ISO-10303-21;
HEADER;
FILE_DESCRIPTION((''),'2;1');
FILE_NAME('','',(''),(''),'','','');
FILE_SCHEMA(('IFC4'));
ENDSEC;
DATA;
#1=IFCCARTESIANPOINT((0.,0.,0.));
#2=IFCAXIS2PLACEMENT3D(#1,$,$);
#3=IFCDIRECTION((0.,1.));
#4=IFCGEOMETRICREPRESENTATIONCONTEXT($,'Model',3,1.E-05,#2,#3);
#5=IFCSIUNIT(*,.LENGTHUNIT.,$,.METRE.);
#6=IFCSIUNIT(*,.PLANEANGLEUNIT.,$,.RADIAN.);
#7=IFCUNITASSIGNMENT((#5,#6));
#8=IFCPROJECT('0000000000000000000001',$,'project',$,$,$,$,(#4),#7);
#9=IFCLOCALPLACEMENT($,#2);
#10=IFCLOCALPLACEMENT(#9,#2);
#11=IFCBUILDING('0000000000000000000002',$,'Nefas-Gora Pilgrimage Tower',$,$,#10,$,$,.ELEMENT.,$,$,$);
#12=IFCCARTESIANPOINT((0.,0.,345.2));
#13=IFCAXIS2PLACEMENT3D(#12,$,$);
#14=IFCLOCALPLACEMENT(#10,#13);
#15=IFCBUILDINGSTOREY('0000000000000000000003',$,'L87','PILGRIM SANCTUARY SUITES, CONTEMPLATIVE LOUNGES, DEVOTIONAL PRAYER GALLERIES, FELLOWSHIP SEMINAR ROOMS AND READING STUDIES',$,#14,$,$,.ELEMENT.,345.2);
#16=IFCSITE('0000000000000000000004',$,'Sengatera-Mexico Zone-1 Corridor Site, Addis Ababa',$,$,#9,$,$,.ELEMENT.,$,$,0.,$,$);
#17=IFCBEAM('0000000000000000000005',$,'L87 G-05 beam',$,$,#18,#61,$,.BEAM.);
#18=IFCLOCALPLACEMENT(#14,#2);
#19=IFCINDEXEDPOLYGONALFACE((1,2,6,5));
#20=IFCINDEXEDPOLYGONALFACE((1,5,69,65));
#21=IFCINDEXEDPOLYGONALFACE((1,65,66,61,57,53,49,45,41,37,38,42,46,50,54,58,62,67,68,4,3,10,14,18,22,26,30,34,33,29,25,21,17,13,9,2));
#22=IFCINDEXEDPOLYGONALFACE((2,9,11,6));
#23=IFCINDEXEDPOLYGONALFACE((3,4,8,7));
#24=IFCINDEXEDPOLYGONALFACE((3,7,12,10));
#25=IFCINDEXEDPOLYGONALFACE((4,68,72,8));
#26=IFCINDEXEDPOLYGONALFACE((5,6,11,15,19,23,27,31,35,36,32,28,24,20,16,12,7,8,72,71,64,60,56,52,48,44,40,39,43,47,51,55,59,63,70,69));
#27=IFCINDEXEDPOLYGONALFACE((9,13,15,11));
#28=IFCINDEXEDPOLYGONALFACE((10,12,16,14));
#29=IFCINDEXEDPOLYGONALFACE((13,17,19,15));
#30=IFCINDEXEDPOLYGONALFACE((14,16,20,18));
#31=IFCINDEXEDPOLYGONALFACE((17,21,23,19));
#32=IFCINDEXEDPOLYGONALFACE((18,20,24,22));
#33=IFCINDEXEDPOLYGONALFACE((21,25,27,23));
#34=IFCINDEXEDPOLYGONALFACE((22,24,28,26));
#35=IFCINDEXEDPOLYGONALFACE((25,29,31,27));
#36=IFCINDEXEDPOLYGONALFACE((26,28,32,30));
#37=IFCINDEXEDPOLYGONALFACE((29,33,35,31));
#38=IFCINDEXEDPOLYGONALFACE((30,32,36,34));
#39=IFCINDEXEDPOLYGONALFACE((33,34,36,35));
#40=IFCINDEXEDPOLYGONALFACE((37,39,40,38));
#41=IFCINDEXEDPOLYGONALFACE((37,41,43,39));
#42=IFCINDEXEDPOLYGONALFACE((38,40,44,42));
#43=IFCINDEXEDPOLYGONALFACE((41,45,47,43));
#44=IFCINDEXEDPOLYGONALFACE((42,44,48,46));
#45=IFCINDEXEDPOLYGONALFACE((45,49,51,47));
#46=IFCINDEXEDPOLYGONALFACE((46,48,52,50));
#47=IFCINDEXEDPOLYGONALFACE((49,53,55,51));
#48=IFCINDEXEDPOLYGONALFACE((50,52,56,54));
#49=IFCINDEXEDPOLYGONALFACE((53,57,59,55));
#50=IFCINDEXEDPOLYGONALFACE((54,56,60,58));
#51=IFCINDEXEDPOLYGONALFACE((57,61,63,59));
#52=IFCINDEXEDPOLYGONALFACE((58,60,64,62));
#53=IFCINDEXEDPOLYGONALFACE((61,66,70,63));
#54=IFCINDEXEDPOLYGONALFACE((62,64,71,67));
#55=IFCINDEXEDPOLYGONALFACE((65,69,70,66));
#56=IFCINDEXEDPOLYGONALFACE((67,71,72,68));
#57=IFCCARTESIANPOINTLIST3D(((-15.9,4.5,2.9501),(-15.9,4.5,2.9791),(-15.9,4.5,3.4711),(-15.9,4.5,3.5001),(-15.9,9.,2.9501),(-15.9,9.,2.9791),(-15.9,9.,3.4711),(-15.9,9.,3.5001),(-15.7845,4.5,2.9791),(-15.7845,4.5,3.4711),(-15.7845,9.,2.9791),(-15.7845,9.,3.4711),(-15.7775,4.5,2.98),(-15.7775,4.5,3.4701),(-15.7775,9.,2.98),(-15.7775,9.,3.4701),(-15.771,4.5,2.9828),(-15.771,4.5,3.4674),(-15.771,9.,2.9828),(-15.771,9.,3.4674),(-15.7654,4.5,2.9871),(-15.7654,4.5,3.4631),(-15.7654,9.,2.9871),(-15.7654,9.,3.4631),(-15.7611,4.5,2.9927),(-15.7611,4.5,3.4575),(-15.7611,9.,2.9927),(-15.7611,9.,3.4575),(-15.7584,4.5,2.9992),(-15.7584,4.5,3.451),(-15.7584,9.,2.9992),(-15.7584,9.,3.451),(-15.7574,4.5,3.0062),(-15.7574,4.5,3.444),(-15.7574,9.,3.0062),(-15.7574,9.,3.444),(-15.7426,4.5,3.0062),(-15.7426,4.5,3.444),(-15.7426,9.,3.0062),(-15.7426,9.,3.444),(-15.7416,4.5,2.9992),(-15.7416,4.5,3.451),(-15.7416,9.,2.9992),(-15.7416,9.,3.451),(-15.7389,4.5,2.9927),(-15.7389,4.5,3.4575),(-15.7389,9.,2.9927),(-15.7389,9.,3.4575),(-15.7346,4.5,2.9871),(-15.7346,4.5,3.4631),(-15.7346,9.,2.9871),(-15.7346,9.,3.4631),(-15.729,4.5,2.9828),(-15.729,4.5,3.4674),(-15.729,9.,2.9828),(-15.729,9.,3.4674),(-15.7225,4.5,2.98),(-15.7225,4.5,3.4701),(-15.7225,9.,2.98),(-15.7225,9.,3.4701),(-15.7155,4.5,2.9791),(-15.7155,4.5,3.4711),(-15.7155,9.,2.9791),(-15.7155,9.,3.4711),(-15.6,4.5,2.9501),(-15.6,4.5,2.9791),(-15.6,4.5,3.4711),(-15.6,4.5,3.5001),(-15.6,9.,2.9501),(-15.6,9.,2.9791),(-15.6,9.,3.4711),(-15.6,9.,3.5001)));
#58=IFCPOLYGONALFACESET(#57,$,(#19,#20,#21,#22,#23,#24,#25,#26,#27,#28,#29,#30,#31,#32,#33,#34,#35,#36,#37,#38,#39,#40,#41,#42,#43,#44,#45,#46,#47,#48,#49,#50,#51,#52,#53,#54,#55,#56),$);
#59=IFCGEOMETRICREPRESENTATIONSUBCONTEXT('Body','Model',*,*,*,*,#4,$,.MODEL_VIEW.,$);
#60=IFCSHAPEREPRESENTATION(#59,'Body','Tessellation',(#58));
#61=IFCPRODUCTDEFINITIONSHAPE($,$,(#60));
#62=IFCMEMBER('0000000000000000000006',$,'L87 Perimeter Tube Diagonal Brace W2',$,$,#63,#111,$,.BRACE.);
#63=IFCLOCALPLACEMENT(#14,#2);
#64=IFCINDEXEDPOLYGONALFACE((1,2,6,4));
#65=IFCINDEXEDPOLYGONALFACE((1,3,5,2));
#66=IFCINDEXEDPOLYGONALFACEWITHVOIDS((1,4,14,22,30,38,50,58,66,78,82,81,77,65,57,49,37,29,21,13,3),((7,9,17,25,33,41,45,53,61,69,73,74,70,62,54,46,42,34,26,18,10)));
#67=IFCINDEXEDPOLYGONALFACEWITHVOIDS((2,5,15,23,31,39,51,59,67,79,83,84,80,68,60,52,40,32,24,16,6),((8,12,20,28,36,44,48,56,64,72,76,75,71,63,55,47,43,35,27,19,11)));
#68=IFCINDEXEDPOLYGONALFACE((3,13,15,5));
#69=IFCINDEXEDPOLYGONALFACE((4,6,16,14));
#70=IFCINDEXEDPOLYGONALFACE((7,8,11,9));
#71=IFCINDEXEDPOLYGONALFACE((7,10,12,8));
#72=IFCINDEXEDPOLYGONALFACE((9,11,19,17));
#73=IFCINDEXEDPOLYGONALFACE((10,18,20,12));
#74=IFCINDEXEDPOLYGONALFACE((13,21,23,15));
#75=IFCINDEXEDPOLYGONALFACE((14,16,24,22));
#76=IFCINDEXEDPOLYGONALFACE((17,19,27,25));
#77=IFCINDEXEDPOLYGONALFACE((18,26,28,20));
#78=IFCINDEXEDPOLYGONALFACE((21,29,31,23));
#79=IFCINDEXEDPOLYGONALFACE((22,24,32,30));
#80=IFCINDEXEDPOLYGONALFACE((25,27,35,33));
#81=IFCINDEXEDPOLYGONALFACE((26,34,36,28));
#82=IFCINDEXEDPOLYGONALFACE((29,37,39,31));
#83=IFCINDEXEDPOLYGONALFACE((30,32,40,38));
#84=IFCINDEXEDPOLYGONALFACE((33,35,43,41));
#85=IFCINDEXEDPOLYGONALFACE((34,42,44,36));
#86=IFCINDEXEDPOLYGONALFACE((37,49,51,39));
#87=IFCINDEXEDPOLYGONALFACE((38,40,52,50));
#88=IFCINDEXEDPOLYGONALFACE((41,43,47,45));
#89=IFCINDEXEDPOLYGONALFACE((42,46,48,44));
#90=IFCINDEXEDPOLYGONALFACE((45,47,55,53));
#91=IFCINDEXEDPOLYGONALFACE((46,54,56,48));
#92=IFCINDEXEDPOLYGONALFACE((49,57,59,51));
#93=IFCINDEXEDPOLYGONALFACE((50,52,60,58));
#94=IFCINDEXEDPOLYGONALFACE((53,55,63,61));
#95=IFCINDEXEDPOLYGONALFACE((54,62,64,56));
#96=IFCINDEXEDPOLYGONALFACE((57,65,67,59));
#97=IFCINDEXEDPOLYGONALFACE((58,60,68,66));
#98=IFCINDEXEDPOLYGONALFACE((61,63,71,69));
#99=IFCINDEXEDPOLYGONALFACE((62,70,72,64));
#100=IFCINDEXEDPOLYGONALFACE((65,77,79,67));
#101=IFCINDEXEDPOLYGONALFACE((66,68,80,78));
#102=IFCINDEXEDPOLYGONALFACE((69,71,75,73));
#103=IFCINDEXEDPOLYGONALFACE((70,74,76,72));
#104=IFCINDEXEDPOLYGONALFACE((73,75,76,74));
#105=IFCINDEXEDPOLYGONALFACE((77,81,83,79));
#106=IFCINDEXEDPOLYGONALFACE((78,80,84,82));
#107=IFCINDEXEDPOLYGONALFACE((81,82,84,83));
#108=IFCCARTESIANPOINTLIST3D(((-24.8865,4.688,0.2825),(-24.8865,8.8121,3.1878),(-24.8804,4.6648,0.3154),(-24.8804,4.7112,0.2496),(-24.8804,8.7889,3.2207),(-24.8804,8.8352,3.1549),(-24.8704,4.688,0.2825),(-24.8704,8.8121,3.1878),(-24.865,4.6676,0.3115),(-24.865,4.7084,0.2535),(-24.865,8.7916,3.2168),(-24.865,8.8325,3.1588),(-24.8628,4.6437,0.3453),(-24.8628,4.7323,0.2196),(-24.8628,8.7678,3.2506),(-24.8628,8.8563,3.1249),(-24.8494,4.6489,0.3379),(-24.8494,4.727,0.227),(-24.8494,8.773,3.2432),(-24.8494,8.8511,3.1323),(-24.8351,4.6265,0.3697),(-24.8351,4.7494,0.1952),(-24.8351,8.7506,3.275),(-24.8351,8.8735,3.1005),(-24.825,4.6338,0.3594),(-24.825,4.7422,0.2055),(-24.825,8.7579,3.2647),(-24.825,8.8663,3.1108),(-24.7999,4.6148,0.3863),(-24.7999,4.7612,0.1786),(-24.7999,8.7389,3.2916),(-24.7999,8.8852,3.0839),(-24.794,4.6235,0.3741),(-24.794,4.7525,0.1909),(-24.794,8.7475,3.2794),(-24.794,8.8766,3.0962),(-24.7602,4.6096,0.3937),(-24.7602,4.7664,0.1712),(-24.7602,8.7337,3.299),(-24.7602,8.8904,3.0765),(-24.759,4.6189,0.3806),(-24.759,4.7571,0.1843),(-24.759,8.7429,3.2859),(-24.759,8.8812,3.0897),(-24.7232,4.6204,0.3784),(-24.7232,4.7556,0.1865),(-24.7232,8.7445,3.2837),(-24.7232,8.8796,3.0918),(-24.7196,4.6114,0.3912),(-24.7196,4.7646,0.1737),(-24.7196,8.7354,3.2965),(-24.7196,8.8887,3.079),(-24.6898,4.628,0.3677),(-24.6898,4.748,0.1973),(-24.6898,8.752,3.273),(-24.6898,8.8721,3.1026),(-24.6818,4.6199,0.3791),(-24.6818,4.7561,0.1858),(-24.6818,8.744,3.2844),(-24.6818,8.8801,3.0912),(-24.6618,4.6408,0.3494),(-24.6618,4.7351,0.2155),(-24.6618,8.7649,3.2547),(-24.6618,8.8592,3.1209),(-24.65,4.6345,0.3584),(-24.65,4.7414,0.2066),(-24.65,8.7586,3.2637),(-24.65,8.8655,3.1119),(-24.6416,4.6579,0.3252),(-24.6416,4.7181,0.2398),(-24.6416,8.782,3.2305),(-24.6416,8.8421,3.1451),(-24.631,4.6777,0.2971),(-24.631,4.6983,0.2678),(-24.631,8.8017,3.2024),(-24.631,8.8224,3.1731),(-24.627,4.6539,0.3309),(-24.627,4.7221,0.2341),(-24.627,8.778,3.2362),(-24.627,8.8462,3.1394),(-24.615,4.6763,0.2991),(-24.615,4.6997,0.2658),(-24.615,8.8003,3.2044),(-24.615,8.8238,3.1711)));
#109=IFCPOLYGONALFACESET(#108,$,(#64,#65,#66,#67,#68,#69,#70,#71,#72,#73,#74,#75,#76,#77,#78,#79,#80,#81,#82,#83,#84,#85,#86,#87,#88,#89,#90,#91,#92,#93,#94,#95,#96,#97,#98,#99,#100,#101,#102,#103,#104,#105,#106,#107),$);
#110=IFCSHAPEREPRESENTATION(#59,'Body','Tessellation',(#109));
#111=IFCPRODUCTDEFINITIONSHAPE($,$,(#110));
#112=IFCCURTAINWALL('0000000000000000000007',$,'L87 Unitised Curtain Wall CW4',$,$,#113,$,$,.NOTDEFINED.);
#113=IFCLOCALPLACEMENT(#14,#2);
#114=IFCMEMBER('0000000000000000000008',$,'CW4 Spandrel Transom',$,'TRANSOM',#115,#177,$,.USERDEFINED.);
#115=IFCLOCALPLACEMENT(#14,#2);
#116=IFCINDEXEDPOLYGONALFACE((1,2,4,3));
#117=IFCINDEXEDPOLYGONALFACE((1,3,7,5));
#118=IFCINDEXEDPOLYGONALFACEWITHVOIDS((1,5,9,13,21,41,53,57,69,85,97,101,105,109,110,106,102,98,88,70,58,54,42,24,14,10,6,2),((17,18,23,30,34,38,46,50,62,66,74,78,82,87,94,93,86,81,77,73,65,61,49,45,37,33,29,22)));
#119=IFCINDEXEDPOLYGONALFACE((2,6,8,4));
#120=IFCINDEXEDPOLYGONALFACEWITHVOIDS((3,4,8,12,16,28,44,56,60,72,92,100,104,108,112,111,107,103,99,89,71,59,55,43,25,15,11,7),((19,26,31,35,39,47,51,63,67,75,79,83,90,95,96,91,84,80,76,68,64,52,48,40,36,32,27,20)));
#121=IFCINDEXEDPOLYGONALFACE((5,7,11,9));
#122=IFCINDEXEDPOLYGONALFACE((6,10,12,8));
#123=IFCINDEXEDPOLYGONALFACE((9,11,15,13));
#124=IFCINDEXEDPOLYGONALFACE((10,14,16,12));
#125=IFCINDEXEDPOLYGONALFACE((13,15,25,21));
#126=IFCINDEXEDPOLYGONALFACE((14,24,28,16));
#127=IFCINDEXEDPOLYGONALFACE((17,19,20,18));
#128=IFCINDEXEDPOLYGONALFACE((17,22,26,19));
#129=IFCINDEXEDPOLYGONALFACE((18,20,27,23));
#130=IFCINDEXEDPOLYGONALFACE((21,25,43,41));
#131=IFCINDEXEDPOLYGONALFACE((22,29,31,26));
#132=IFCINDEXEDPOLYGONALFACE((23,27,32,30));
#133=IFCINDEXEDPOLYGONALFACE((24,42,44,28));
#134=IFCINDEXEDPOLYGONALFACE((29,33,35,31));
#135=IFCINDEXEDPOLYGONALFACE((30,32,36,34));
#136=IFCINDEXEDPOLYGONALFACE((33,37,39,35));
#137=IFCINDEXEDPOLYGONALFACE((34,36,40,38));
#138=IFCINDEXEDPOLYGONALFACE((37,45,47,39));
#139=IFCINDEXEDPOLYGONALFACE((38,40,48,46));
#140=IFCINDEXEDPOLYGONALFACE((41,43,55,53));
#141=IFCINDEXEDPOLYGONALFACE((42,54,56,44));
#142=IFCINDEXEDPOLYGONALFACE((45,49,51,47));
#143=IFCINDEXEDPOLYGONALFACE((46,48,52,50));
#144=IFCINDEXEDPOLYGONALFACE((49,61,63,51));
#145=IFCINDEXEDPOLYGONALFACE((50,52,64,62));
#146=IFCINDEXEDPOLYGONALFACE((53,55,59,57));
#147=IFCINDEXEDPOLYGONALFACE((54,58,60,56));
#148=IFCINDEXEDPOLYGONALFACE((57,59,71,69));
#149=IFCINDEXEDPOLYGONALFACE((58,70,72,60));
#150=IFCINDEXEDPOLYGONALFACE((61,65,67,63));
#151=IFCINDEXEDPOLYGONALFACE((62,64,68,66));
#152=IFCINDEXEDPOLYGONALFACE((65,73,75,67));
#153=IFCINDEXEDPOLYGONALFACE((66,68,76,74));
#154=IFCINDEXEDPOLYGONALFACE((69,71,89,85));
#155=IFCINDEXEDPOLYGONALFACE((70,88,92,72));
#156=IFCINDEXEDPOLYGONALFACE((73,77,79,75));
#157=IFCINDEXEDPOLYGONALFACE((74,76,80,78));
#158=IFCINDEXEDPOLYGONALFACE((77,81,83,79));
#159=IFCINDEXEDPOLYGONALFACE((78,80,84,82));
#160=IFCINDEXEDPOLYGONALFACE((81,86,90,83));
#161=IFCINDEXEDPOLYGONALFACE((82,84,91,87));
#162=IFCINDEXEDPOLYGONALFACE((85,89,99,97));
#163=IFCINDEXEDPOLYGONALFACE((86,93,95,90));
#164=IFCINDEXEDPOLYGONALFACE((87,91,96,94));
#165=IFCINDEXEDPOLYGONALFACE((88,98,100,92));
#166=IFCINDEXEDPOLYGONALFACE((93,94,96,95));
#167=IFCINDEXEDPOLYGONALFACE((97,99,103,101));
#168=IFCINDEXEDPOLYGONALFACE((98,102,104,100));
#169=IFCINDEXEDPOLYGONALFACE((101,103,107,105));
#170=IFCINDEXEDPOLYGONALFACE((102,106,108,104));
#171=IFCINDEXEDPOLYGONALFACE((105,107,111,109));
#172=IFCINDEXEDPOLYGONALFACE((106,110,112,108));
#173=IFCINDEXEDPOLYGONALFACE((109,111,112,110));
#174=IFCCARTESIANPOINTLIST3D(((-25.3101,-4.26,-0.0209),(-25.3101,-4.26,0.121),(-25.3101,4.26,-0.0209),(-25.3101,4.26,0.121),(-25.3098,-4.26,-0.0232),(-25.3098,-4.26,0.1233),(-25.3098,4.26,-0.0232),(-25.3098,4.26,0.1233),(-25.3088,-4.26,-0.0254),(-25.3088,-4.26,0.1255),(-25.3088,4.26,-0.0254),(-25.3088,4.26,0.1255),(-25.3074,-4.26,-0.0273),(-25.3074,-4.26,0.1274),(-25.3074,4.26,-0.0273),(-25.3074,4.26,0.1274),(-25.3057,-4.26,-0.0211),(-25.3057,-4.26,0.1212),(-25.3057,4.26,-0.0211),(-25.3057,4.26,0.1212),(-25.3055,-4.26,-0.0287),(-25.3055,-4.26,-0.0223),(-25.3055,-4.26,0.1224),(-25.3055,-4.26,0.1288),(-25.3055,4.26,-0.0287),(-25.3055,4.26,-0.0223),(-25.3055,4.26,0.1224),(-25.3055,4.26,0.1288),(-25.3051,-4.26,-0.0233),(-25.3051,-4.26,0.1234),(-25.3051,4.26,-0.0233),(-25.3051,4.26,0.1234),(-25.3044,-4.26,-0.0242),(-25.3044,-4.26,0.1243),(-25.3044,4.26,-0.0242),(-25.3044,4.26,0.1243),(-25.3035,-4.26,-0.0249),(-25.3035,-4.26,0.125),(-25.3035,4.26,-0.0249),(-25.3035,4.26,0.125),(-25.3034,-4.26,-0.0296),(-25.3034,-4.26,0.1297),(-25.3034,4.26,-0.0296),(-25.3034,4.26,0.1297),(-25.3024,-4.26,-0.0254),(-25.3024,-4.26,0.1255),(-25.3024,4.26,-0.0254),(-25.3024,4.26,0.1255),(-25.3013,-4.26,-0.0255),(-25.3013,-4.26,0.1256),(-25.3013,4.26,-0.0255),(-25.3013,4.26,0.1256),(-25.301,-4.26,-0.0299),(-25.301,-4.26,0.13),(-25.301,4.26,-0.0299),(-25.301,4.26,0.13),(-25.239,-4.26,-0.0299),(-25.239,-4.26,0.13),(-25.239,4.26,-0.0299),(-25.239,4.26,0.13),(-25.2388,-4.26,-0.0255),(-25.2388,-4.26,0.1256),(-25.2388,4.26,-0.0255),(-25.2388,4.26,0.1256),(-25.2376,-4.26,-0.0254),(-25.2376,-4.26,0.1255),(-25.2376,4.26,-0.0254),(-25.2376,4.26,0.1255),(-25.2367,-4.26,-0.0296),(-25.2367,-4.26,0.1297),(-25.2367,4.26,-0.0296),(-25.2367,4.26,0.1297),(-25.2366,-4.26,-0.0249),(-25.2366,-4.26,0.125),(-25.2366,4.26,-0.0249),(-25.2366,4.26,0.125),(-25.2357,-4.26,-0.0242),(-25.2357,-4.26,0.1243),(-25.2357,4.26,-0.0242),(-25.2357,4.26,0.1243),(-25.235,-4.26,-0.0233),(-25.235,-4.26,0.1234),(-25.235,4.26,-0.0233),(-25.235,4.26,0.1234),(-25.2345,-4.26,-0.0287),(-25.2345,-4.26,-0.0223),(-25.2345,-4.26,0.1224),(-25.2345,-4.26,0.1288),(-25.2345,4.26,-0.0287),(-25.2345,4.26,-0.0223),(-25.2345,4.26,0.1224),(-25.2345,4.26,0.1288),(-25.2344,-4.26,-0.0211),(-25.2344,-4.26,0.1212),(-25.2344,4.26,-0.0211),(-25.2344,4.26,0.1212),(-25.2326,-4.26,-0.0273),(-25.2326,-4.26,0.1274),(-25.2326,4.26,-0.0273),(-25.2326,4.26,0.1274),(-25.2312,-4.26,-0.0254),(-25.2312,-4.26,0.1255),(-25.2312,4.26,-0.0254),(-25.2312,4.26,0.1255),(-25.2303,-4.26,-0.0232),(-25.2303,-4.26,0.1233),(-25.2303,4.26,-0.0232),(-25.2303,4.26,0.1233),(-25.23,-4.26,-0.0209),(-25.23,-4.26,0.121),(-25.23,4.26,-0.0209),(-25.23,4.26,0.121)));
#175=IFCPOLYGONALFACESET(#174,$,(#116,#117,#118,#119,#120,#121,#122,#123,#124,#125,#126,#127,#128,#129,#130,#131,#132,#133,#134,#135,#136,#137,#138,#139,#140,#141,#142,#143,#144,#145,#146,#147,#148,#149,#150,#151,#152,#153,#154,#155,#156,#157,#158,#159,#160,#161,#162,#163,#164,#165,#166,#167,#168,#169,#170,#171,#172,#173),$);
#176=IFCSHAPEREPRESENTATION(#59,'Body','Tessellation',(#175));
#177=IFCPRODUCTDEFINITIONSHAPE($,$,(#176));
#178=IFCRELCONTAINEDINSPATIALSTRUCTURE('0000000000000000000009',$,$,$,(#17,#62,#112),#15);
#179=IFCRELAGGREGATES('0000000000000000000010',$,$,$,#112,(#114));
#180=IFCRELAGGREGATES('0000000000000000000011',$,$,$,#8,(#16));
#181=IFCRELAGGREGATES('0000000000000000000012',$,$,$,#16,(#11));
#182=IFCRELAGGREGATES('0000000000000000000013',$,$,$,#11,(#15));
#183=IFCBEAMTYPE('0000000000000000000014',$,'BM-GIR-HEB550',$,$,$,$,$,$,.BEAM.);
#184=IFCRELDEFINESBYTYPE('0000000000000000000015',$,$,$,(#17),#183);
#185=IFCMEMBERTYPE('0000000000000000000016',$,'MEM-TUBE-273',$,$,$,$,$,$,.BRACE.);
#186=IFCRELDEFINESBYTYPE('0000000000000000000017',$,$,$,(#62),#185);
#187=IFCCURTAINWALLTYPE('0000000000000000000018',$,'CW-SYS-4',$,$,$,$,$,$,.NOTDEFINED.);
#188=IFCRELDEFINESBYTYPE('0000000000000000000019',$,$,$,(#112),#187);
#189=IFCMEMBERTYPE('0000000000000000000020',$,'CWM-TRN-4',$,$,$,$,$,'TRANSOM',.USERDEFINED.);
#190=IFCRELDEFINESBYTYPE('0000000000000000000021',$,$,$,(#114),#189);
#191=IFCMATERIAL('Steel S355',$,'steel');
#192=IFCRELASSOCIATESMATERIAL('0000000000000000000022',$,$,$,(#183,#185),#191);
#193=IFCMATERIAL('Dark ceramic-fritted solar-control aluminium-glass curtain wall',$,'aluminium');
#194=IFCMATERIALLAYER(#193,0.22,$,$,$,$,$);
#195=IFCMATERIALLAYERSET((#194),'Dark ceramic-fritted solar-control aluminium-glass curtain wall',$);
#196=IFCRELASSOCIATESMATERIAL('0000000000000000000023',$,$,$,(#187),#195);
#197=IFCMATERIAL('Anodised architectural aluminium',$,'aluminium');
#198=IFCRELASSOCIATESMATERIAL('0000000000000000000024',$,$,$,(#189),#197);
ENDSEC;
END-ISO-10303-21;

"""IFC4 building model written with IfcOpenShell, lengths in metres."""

from ifc_helpers import new_model, si_unit, direction, frame, origin, origin_2d, place, context, subcontext, project, spatial, hollow_rectangle, hollow_circle, i_section, extrude, source, transform, mapped, material, layer, layer_set, material_profile, profile_set, type_object, element, aggregate, save


model = new_model("IFC4")

# Units and contexts
model_context = context("Model", 3, precision=1e-05, world=origin(), true_north=direction((0.0, 1.0)))
body_context = subcontext(model_context, "Body", "Model", "MODEL_VIEW")
ifc_project = project(units=[si_unit("LENGTHUNIT", "METRE"), si_unit("PLANEANGLEUNIT", "RADIAN")], contexts=[model_context])

# Site, building, storey
site_placement = place(None, origin())
site = spatial("IfcSite", under=ifc_project, at=site_placement, Name="Sengatera-Mexico Zone-1 Corridor Site, Addis Ababa", CompositionType="ELEMENT", RefElevation=0.0)
building_placement = place(site_placement, origin())
building = spatial("IfcBuilding", under=site, at=building_placement, Name="Nefas-Gora Pilgrimage Tower", CompositionType="ELEMENT")
storey_placement = place(building_placement, frame((0.0, 0.0, 345.2)))
storey = spatial("IfcBuildingStorey", under=building, at=storey_placement, Name="L87", Description="PILGRIM SANCTUARY SUITES, CONTEMPLATIVE LOUNGES, DEVOTIONAL PRAYER GALLERIES, FELLOWSHIP SEMINAR ROOMS AND READING STUDIES", CompositionType="ELEMENT", Elevation=345.2)

# Shared definitions
ifc_material_1 = material(Name="Steel S355", Category="steel")

# Beam
ifc_material_profile_1 = material_profile(ifc_material_1, i_section(OverallWidth=0.3, OverallDepth=0.55, WebThickness=0.0149, FlangeThickness=0.0291, FilletRadius=0.0271, at=origin_2d()), Name="HEB 550")
ifc_profile_set_1 = profile_set([ifc_material_profile_1], Name="Steel S355")
beam_type_1 = type_object("IfcBeamType", Name="BM-GIR-HEB550", PredefinedType="BEAM", material=ifc_profile_set_1)
shared_shape_1 = source(origin(), body_context, "Body", "SweptSolid", [
    extrude(i_section(OverallWidth=0.3, OverallDepth=0.55, WebThickness=0.0149, FlangeThickness=0.0291, FilletRadius=0.0271, at=origin_2d()), origin(), (0.0, 0.0, 1.0), 4.5),
])
for number, where, z_axis, x_axis, name in (
    (1, (-15.75, 4.5, 3.2251), (0.0, 1.0, 0.0), (-1.0, 0.0, 0.0), "L87 G-05 beam"),
):
    element("IfcBeam", number, at=place(storey_placement, frame(where, z_axis=z_axis, x_axis=x_axis)), inside=storey, type_object=beam_type_1, Name=name, PredefinedType="BEAM", context=body_context, shape_type="MappedRepresentation", body=[
        mapped(shared_shape_1, transform((0.0, 0.0, 0.0), x_axis=(1.0, 0.0, 0.0), y_axis=(0.0, 1.0, 0.0), z_axis=(0.0, 0.0, 1.0), scale=1.0)),
    ])

# Member
ifc_material_profile_2 = material_profile(ifc_material_1, hollow_circle(Radius=0.1365, WallThickness=0.0161, at=origin_2d()), Name="CHS 273x16")
ifc_profile_set_2 = profile_set([ifc_material_profile_2], Name="Steel S355")
member_type_1 = type_object("IfcMemberType", Name="MEM-TUBE-273", PredefinedType="BRACE", material=ifc_profile_set_2)
shared_shape_2 = source(origin(), body_context, "Body", "SweptSolid", [
    extrude(hollow_circle(Radius=0.1365, WallThickness=0.0161, at=origin_2d()), origin(), (0.0, 0.0, 1.0), 5.0447),
])
member_1_placement = place(storey_placement, frame((-24.75, 4.688, 0.2825), z_axis=(0.0, 0.817509, 0.575915), x_axis=(-1.0, 0.0, 0.0)))
element("IfcMember", 2, at=member_1_placement, inside=storey, type_object=member_type_1, Name="L87 Perimeter Tube Diagonal Brace W2", PredefinedType="BRACE", context=body_context, shape_type="MappedRepresentation", body=[
    mapped(shared_shape_2, transform((0.0, 0.0, 0.0), x_axis=(1.0, 0.0, 0.0), y_axis=(0.0, 1.0, 0.0), z_axis=(0.0, 0.0, 1.0), scale=1.0)),
])

# Curtain wall, member
ifc_material_2 = material(Name="Dark ceramic-fritted solar-control aluminium-glass curtain wall", Category="aluminium")
ifc_layer_1 = layer(ifc_material_2, 0.22)
ifc_layer_set_1 = layer_set([ifc_layer_1], Name="Dark ceramic-fritted solar-control aluminium-glass curtain wall")
curtain_wall_type = type_object("IfcCurtainWallType", Name="CW-SYS-4", PredefinedType="NOTDEFINED", material=ifc_layer_set_1)
curtain_wall_placement = place(storey_placement, origin())
curtain_wall = element("IfcCurtainWall", 3, at=curtain_wall_placement, inside=storey, type_object=curtain_wall_type, Name="L87 Unitised Curtain Wall CW4", PredefinedType="NOTDEFINED")
ifc_material_3 = material(Name="Anodised architectural aluminium", Category="aluminium")
ifc_material_profile_3 = material_profile(ifc_material_3, hollow_rectangle(XDim=0.0801, YDim=0.1599, WallThickness=0.0044, InnerFilletRadius=0.0044, OuterFilletRadius=0.009, at=origin_2d()), Name="ALU TRANSOM 80x160")
ifc_profile_set_3 = profile_set([ifc_material_profile_3], Name="Anodised architectural aluminium")
member_type_2 = type_object("IfcMemberType", Name="CWM-TRN-4", ElementType="TRANSOM", PredefinedType="USERDEFINED", material=ifc_profile_set_3)
shared_shape_3 = source(origin(), body_context, "Body", "SweptSolid", [
    extrude(hollow_rectangle(XDim=0.0801, YDim=0.1599, WallThickness=0.0044, InnerFilletRadius=0.0044, OuterFilletRadius=0.009, at=origin_2d()), origin(), (0.0, 0.0, 1.0), 8.52),
])
member_2_placement = place(storey_placement, frame((-25.27, 4.26, 0.05), z_axis=(0.0, -1.0, 0.0), x_axis=(1.0, 0.0, 0.0)))
member_2 = element("IfcMember", 4, at=member_2_placement, type_object=member_type_2, Name="CW4 Spandrel Transom", ObjectType="TRANSOM", PredefinedType="USERDEFINED", context=body_context, shape_type="MappedRepresentation", body=[
    mapped(shared_shape_3, transform((0.0, 0.0, 0.0), x_axis=(1.0, 0.0, 0.0), y_axis=(0.0, 1.0, 0.0), z_axis=(0.0, 0.0, 1.0), scale=1.0)),
])

aggregate(curtain_wall, [member_2])

save(model, "model.ifc")
